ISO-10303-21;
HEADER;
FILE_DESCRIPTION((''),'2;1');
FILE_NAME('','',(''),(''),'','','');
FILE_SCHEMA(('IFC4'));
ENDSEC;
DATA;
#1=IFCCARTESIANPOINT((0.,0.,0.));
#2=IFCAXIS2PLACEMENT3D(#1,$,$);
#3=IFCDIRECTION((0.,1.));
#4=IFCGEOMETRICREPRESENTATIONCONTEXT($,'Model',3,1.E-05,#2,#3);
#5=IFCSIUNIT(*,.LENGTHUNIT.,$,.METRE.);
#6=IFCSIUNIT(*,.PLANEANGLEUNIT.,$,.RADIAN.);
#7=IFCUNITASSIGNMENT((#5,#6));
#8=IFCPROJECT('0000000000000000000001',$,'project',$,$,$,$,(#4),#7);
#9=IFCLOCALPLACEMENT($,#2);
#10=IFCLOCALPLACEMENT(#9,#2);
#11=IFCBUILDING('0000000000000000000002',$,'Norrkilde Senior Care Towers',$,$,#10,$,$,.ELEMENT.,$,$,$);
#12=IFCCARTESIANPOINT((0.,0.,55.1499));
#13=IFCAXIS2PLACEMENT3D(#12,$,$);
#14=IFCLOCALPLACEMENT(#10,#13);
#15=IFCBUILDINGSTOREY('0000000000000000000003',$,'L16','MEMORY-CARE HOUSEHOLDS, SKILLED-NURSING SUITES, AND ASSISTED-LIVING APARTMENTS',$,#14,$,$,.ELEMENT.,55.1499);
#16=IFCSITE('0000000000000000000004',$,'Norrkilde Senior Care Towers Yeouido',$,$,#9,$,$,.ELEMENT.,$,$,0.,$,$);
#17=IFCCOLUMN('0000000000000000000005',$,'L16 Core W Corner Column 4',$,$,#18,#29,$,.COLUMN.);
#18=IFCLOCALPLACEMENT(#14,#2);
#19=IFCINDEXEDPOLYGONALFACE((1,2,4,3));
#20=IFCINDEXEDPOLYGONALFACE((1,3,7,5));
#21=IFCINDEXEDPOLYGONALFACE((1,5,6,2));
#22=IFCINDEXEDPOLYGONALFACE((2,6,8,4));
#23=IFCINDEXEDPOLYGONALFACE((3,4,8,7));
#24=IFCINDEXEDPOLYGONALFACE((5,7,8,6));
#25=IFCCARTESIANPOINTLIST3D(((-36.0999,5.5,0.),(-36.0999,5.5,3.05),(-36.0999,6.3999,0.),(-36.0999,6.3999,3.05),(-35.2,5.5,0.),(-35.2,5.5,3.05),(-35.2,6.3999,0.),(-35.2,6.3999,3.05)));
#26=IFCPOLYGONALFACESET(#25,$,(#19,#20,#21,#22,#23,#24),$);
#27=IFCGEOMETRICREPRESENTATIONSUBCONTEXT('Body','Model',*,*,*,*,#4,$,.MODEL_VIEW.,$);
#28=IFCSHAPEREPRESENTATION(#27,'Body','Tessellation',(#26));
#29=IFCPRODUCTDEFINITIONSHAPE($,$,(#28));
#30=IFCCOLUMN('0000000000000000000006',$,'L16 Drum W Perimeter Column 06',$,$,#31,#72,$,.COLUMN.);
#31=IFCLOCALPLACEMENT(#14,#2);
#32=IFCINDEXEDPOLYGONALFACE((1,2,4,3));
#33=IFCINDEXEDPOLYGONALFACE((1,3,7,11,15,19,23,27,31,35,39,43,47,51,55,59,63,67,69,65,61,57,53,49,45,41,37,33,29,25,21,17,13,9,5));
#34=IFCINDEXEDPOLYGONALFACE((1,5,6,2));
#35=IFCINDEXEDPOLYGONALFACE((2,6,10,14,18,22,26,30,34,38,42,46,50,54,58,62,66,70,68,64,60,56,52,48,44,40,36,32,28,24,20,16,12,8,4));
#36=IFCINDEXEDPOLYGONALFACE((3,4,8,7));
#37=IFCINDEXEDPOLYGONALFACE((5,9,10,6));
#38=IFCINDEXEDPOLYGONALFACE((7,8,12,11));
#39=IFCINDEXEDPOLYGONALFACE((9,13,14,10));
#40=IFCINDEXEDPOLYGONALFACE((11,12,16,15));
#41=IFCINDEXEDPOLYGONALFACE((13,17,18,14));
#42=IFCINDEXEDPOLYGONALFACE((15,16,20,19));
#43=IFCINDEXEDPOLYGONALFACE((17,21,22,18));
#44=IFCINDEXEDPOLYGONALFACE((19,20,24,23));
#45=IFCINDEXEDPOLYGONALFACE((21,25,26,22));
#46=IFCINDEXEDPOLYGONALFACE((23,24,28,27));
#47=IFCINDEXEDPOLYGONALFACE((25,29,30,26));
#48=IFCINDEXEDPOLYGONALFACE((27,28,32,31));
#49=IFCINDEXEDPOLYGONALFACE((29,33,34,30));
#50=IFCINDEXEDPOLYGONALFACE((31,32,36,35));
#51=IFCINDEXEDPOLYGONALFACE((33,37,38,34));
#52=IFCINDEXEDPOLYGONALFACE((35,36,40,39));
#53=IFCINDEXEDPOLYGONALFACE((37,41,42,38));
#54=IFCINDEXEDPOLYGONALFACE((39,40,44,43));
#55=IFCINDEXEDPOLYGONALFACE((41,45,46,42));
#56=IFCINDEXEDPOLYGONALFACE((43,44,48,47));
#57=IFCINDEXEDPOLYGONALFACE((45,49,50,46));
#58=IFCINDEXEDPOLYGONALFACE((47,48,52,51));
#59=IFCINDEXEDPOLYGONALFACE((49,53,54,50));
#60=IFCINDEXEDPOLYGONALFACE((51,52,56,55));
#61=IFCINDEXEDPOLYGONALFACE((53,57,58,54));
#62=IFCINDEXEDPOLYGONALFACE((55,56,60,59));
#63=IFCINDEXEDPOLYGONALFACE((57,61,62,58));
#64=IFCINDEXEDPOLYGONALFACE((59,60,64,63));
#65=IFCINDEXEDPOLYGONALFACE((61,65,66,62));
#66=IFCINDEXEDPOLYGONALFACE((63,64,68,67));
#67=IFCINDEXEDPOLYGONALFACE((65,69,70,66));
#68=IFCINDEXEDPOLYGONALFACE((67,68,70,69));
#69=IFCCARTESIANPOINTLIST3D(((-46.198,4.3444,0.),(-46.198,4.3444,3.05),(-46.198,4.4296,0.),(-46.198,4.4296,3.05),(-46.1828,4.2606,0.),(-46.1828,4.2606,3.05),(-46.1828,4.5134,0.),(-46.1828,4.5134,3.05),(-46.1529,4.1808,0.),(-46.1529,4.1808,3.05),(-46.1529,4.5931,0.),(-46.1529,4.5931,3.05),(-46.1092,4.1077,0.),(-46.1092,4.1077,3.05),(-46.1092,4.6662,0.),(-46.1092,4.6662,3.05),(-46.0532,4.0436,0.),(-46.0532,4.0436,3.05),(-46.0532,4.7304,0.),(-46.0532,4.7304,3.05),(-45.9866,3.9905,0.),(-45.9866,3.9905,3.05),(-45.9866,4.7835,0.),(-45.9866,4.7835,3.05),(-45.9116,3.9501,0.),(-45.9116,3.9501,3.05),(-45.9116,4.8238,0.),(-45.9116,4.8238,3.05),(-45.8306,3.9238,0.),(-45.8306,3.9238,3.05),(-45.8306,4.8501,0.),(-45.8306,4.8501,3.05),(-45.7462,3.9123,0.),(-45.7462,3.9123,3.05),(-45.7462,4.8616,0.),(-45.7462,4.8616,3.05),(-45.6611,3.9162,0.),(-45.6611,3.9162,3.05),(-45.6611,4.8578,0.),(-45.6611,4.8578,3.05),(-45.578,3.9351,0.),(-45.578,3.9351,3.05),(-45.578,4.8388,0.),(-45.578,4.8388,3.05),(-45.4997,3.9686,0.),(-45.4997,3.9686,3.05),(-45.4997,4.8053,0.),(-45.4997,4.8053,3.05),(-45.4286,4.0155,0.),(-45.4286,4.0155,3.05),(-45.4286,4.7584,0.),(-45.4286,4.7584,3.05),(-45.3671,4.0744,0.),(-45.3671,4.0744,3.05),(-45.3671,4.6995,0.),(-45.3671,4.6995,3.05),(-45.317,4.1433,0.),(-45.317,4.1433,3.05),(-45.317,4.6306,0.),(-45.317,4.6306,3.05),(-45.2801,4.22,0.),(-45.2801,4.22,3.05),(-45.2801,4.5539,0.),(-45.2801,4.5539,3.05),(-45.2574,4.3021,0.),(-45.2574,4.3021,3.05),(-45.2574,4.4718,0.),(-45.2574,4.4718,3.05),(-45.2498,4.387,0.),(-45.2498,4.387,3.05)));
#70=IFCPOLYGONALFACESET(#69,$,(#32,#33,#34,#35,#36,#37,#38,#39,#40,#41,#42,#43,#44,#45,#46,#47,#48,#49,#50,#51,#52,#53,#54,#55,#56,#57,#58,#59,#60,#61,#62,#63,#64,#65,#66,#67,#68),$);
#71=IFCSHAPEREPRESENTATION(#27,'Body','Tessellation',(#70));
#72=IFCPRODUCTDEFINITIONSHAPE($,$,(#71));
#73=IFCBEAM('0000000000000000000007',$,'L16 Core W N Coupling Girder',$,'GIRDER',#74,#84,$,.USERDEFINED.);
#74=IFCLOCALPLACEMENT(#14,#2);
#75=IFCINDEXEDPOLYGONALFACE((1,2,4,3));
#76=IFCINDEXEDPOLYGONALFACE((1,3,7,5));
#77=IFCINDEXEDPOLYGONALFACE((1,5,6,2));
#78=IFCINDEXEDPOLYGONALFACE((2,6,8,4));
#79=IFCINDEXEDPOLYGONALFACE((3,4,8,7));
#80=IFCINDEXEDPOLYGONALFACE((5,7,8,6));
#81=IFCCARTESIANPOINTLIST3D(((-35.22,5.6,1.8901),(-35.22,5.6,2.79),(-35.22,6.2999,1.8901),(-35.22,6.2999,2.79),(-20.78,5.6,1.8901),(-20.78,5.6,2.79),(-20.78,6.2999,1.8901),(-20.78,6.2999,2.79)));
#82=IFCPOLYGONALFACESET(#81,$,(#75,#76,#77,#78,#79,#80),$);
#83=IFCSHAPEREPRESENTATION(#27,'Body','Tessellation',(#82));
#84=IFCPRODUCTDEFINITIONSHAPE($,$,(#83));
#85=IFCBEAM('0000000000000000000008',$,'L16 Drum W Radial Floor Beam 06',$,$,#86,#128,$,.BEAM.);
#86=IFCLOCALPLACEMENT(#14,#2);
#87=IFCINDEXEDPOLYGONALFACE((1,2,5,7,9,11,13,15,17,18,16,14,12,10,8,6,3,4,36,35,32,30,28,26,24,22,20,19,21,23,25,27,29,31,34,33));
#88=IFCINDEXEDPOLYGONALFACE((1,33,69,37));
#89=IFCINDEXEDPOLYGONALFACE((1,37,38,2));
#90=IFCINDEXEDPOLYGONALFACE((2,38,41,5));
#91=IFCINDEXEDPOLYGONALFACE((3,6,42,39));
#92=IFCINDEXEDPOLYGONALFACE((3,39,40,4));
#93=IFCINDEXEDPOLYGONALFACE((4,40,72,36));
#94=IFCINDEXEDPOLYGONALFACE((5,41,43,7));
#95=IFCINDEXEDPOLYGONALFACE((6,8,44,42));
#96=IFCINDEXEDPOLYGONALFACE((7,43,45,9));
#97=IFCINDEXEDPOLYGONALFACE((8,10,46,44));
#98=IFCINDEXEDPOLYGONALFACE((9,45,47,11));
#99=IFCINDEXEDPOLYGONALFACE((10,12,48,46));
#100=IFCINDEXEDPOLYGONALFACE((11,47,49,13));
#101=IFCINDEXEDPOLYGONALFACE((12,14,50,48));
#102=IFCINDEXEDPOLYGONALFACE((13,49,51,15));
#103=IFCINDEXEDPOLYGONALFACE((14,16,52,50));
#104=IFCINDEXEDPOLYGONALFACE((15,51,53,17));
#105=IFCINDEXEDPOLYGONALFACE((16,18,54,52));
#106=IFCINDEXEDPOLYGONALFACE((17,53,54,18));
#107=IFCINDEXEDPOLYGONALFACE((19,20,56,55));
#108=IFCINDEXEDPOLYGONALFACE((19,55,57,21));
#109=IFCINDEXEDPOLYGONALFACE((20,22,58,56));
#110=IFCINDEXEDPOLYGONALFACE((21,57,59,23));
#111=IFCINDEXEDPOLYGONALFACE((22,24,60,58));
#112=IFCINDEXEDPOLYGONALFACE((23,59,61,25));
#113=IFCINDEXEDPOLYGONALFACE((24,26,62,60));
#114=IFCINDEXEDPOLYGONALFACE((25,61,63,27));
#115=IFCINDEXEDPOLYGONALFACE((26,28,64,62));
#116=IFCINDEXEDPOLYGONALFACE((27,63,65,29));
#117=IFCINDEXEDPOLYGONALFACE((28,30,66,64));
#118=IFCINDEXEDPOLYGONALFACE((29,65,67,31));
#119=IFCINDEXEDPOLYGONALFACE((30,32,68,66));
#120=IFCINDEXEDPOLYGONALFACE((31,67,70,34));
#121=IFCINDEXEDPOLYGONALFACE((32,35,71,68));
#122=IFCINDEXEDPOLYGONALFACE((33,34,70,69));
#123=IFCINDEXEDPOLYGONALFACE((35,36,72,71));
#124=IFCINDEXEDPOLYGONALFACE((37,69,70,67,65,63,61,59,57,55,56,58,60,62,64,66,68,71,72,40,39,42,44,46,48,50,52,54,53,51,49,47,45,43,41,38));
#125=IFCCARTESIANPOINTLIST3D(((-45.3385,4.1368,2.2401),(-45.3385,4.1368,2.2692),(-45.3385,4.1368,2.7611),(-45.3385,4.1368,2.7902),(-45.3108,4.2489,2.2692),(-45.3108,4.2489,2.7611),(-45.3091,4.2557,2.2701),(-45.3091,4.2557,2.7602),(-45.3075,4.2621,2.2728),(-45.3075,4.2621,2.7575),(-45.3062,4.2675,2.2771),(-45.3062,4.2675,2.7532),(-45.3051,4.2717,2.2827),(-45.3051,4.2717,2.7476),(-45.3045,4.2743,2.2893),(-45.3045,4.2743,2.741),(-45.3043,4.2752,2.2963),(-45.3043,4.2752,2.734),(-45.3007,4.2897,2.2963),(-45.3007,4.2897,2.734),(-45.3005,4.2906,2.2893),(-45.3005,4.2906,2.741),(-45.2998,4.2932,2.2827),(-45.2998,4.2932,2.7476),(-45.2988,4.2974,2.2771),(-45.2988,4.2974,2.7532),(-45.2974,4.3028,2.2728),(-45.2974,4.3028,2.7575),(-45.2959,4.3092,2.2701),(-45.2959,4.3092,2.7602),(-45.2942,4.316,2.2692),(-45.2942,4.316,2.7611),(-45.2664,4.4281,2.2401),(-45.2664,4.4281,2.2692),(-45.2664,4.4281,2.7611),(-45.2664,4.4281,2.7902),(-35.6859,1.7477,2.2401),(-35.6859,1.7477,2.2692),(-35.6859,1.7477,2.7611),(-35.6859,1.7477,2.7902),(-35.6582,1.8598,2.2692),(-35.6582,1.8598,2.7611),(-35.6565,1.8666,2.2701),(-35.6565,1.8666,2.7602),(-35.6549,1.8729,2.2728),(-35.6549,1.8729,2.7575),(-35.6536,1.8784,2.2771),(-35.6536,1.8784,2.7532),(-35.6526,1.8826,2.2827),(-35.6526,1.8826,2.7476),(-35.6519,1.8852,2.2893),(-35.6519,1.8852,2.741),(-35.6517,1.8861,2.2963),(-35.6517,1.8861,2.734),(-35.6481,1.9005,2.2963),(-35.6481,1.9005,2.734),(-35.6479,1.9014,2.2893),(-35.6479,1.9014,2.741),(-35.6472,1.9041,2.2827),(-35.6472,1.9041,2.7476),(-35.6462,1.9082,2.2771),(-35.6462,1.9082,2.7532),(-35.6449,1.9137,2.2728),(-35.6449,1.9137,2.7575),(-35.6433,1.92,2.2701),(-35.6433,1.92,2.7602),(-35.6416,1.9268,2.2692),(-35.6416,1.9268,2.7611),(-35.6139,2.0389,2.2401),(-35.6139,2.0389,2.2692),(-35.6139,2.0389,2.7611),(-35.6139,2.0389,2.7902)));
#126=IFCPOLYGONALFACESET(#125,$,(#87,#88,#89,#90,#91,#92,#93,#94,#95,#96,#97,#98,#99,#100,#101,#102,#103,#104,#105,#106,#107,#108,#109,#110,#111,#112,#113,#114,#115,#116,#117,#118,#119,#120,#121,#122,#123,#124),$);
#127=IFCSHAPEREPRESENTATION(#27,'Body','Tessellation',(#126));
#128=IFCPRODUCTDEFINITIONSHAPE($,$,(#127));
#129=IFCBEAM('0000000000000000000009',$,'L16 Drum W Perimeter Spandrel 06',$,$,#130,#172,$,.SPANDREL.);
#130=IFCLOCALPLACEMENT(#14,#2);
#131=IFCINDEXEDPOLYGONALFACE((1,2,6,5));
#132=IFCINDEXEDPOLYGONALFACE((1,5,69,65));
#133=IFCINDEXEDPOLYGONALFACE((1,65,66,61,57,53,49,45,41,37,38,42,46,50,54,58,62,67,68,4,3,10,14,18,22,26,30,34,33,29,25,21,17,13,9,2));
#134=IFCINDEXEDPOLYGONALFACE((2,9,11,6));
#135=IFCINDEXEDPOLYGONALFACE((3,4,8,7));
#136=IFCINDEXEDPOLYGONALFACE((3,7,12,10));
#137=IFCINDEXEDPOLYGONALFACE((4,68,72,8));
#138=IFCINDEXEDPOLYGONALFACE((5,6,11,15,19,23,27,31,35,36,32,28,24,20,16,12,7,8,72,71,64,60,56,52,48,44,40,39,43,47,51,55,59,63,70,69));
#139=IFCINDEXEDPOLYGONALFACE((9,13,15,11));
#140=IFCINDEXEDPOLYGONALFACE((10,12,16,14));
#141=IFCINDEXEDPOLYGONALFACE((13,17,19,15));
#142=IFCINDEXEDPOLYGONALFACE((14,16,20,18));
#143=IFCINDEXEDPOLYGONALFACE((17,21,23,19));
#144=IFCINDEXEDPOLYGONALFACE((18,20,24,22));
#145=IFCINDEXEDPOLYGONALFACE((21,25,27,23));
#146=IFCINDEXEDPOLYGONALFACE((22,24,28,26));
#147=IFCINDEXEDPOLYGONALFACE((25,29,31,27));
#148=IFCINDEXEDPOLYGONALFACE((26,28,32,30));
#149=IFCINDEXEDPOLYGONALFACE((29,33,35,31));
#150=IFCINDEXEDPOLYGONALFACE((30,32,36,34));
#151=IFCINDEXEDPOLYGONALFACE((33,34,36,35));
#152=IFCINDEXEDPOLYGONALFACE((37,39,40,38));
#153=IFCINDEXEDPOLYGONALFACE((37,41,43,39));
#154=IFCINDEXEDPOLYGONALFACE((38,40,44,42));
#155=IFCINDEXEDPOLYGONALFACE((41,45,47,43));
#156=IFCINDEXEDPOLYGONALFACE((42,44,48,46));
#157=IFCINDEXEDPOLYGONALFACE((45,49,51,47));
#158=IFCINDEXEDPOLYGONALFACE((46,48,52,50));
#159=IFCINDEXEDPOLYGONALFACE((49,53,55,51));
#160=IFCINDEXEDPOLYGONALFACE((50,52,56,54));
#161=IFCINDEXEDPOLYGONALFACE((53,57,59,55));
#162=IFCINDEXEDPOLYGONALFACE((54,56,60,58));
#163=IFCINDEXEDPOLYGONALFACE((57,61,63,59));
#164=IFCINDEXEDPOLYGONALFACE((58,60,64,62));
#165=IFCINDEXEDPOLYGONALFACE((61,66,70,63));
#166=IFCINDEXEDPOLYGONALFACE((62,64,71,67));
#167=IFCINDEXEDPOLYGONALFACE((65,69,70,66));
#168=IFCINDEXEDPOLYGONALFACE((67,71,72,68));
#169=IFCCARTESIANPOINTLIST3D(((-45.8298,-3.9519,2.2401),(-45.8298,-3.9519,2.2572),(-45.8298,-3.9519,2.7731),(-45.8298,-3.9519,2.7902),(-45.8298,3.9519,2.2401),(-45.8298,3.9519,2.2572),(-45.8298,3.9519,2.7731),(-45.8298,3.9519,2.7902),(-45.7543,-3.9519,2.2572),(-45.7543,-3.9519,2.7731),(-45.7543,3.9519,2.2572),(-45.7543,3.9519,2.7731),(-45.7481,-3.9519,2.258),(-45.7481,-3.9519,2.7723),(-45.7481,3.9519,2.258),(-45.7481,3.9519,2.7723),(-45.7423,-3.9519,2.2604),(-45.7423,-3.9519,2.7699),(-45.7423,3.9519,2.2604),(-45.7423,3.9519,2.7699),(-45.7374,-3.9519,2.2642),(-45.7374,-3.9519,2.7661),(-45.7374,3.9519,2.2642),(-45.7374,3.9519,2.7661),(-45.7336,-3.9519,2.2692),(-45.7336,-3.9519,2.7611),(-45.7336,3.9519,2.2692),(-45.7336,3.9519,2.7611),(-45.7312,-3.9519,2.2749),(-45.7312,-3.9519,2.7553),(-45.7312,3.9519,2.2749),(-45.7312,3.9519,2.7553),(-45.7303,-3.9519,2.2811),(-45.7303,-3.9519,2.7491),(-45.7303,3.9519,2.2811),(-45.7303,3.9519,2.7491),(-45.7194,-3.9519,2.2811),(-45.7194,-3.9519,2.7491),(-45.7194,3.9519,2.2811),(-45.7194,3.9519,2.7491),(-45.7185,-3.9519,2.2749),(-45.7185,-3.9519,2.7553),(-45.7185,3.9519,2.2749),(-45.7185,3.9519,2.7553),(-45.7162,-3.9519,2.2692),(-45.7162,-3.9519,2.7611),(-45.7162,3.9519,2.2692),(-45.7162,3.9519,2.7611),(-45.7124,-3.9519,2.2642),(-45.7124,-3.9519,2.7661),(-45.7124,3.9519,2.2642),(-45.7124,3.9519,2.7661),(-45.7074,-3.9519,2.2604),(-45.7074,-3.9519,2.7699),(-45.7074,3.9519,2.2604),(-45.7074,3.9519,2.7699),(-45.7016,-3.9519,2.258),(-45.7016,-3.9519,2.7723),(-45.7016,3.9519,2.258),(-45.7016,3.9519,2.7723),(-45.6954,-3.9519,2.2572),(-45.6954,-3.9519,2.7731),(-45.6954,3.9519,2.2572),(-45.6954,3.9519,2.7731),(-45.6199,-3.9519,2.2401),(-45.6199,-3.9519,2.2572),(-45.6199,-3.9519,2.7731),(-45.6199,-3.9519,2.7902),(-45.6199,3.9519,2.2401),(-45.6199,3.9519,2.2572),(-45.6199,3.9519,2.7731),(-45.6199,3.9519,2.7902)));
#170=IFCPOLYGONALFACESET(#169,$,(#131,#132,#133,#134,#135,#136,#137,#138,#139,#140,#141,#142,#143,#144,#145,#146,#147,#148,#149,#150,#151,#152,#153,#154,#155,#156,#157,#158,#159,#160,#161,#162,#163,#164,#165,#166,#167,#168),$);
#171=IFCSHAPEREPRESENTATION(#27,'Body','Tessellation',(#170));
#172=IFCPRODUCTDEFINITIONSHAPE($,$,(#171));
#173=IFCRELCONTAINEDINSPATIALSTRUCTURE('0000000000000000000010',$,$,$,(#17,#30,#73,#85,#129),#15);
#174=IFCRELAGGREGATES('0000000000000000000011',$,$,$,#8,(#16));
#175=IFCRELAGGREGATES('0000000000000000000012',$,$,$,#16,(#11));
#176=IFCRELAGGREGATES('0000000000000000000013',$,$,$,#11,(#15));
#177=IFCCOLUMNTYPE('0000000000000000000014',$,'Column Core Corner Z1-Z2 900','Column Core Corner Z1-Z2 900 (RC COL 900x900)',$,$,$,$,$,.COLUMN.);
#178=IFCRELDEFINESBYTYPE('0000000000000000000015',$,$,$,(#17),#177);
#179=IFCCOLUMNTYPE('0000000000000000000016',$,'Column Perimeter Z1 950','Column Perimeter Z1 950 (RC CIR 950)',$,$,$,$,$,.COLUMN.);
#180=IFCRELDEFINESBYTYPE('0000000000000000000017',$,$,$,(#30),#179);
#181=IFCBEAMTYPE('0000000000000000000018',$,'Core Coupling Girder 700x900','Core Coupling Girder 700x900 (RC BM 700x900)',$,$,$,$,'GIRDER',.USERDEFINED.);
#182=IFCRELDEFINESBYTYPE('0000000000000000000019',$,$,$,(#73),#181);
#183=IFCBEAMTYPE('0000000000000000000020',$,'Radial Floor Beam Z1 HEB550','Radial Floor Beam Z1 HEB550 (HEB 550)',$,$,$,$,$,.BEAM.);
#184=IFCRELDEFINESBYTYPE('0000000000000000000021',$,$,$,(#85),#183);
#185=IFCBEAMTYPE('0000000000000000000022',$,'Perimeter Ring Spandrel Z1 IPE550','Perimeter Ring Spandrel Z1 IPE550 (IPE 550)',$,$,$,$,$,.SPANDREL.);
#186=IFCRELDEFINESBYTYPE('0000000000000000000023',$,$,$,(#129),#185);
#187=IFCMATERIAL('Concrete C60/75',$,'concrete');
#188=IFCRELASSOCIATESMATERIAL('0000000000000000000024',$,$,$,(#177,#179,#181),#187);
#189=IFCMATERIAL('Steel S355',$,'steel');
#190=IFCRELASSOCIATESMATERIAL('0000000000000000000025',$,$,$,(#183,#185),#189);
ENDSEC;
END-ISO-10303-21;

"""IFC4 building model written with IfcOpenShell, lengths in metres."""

from ifc_helpers import new_model, si_unit, direction, frame, origin, origin_2d, place, context, subcontext, project, spatial, rectangle, circle, i_section, extrude, source, transform, mapped, material, material_profile, profile_set, type_object, type_shapes, element, save


model = new_model("IFC4")

# Units and contexts
model_context = context("Model", 3, precision=1e-05, world=origin(), true_north=direction((0.0, 1.0)))
body_context = subcontext(model_context, "Body", "Model", "MODEL_VIEW")
ifc_project = project(units=[si_unit("LENGTHUNIT", "METRE"), si_unit("PLANEANGLEUNIT", "RADIAN")], contexts=[model_context])

# Site, building, storey
site_placement = place(None, origin())
site = spatial("IfcSite", under=ifc_project, at=site_placement, Name="Norrkilde Senior Care Towers Yeouido", CompositionType="ELEMENT", RefElevation=0.0)
building_placement = place(site_placement, origin())
building = spatial("IfcBuilding", under=site, at=building_placement, Name="Norrkilde Senior Care Towers", CompositionType="ELEMENT")
storey_placement = place(building_placement, frame((0.0, 0.0, 55.1499)))
storey = spatial("IfcBuildingStorey", under=building, at=storey_placement, Name="L16", Description="MEMORY-CARE HOUSEHOLDS, SKILLED-NURSING SUITES, AND ASSISTED-LIVING APARTMENTS", CompositionType="ELEMENT", Elevation=55.1499)

# Columns
ifc_material_1 = material(Name="Concrete C60/75", Category="concrete")
ifc_material_profile_1 = material_profile(ifc_material_1, rectangle(XDim=0.8999, YDim=0.8999, at=origin_2d()), Name="RC COL 900x900")
ifc_profile_set_1 = profile_set([ifc_material_profile_1], Name="Concrete C60/75")
column_type_1 = type_object("IfcColumnType", Name="Column Core Corner Z1-Z2 900", Description="Column Core Corner Z1-Z2 900 (RC COL 900x900)", PredefinedType="COLUMN", material=ifc_profile_set_1)
shared_shape_1 = source(origin(), body_context, "Body", "SweptSolid", [
    extrude(rectangle(XDim=0.8999, YDim=0.8999, at=origin_2d()), origin(), (0.0, 0.0, 1.0), 3.05),
])
type_shapes(column_type_1, [shared_shape_1])
column_1_placement = place(storey_placement, frame((-35.6499, 5.95, 0.0), z_axis=(0.0, 0.0, 1.0), x_axis=(1.0, 0.0, 0.0)))
element("IfcColumn", 1, at=column_1_placement, inside=storey, type_object=column_type_1, Name="L16 Core W Corner Column 4", PredefinedType="COLUMN", context=body_context, shape_type="MappedRepresentation", body=[
    mapped(shared_shape_1, transform((0.0, 0.0, 0.0), x_axis=(1.0, 0.0, 0.0), y_axis=(0.0, 1.0, 0.0), z_axis=(0.0, 0.0, 1.0), scale=1.0)),
])
ifc_material_profile_2 = material_profile(ifc_material_1, circle(Radius=0.4751, at=origin_2d()), Name="RC CIR 950")
ifc_profile_set_2 = profile_set([ifc_material_profile_2], Name="Concrete C60/75")
column_type_2 = type_object("IfcColumnType", Name="Column Perimeter Z1 950", Description="Column Perimeter Z1 950 (RC CIR 950)", PredefinedType="COLUMN", material=ifc_profile_set_2)
shared_shape_2 = source(origin(), body_context, "Body", "SweptSolid", [
    extrude(circle(Radius=0.4751, at=origin_2d()), origin(), (0.0, 0.0, 1.0), 3.05),
])
type_shapes(column_type_2, [shared_shape_2])
column_2_placement = place(storey_placement, frame((-45.7249, 4.387, 0.0), z_axis=(0.0, 0.0, 1.0), x_axis=(1.0, 0.0, 0.0)))
element("IfcColumn", 2, at=column_2_placement, inside=storey, type_object=column_type_2, Name="L16 Drum W Perimeter Column 06", PredefinedType="COLUMN", context=body_context, shape_type="MappedRepresentation", body=[
    mapped(shared_shape_2, transform((0.0, 0.0, 0.0), x_axis=(1.0, 0.0, 0.0), y_axis=(0.0, 1.0, 0.0), z_axis=(0.0, 0.0, 1.0), scale=1.0)),
])

# Beams
ifc_material_profile_3 = material_profile(ifc_material_1, rectangle(XDim=0.7, YDim=0.8999, at=origin_2d()), Name="RC BM 700x900")
ifc_profile_set_3 = profile_set([ifc_material_profile_3], Name="Concrete C60/75")
beam_type_1 = type_object("IfcBeamType", Name="Core Coupling Girder 700x900", Description="Core Coupling Girder 700x900 (RC BM 700x900)", ElementType="GIRDER", PredefinedType="USERDEFINED", material=ifc_profile_set_3)
shared_shape_3 = source(origin(), body_context, "Body", "SweptSolid", [
    extrude(rectangle(XDim=0.7, YDim=0.8999, at=origin_2d()), origin(), (0.0, 0.0, 1.0), 14.4399),
])
type_shapes(beam_type_1, [shared_shape_3])
beam_1_placement = place(storey_placement, frame((-35.22, 5.95, 2.3401), z_axis=(1.0, 0.0, 0.0), x_axis=(0.0, 1.0, 0.0)))
element("IfcBeam", 3, at=beam_1_placement, inside=storey, type_object=beam_type_1, Name="L16 Core W N Coupling Girder", ObjectType="GIRDER", PredefinedType="USERDEFINED", context=body_context, shape_type="MappedRepresentation", body=[
    mapped(shared_shape_3, transform((0.0, 0.0, 0.0), x_axis=(1.0, 0.0, 0.0), y_axis=(0.0, 1.0, 0.0), z_axis=(0.0, 0.0, 1.0), scale=1.0)),
])
ifc_material_2 = material(Name="Steel S355", Category="steel")
ifc_material_profile_4 = material_profile(ifc_material_2, i_section(OverallWidth=0.3, OverallDepth=0.55, WebThickness=0.0149, FlangeThickness=0.0291, FilletRadius=0.0271, at=origin_2d()), Name="HEB 550")
ifc_profile_set_4 = profile_set([ifc_material_profile_4], Name="Steel S355")
beam_type_2 = type_object("IfcBeamType", Name="Radial Floor Beam Z1 HEB550", Description="Radial Floor Beam Z1 HEB550 (HEB 550)", PredefinedType="BEAM", material=ifc_profile_set_4)
shared_shape_4 = source(origin(), body_context, "Body", "SweptSolid", [
    extrude(i_section(OverallWidth=0.3, OverallDepth=0.55, WebThickness=0.0149, FlangeThickness=0.0291, FilletRadius=0.0271, at=origin_2d()), origin(), (0.0, 0.0, 1.0), 9.9438),
])
type_shapes(beam_type_2, [shared_shape_4])
beam_2_placement = place(storey_placement, frame((-35.6499, 1.8933, 2.5151), z_axis=(-0.970707, 0.240265, 0.0), x_axis=(-0.240265, -0.970707, 0.0)))
element("IfcBeam", 4, at=beam_2_placement, inside=storey, type_object=beam_type_2, Name="L16 Drum W Radial Floor Beam 06", PredefinedType="BEAM", context=body_context, shape_type="MappedRepresentation", body=[
    mapped(shared_shape_4, transform((0.0, 0.0, 0.0), x_axis=(1.0, 0.0, 0.0), y_axis=(0.0, 1.0, 0.0), z_axis=(0.0, 0.0, 1.0), scale=1.0)),
])
ifc_material_profile_5 = material_profile(ifc_material_2, i_section(OverallWidth=0.21, OverallDepth=0.55, WebThickness=0.011, FlangeThickness=0.0171, FilletRadius=0.0239, at=origin_2d()), Name="IPE 550")
ifc_profile_set_5 = profile_set([ifc_material_profile_5], Name="Steel S355")
beam_type_3 = type_object("IfcBeamType", Name="Perimeter Ring Spandrel Z1 IPE550", Description="Perimeter Ring Spandrel Z1 IPE550 (IPE 550)", PredefinedType="SPANDREL", material=ifc_profile_set_5)
shared_shape_5 = source(origin(), body_context, "Body", "SweptSolid", [
    extrude(i_section(OverallWidth=0.21, OverallDepth=0.55, WebThickness=0.011, FlangeThickness=0.0171, FilletRadius=0.0239, at=origin_2d()), origin(), (0.0, 0.0, 1.0), 7.9038),
])
type_shapes(beam_type_3, [shared_shape_5])
beam_3_placement = place(storey_placement, frame((-45.7249, 3.9519, 2.5151), z_axis=(0.0, -1.0, 0.0), x_axis=(1.0, 0.0, 0.0)))
element("IfcBeam", 5, at=beam_3_placement, inside=storey, type_object=beam_type_3, Name="L16 Drum W Perimeter Spandrel 06", PredefinedType="SPANDREL", context=body_context, shape_type="MappedRepresentation", body=[
    mapped(shared_shape_5, transform((0.0, 0.0, 0.0), x_axis=(1.0, 0.0, 0.0), y_axis=(0.0, 1.0, 0.0), z_axis=(0.0, 0.0, 1.0), scale=1.0)),
])

save(model, "model.ifc")
